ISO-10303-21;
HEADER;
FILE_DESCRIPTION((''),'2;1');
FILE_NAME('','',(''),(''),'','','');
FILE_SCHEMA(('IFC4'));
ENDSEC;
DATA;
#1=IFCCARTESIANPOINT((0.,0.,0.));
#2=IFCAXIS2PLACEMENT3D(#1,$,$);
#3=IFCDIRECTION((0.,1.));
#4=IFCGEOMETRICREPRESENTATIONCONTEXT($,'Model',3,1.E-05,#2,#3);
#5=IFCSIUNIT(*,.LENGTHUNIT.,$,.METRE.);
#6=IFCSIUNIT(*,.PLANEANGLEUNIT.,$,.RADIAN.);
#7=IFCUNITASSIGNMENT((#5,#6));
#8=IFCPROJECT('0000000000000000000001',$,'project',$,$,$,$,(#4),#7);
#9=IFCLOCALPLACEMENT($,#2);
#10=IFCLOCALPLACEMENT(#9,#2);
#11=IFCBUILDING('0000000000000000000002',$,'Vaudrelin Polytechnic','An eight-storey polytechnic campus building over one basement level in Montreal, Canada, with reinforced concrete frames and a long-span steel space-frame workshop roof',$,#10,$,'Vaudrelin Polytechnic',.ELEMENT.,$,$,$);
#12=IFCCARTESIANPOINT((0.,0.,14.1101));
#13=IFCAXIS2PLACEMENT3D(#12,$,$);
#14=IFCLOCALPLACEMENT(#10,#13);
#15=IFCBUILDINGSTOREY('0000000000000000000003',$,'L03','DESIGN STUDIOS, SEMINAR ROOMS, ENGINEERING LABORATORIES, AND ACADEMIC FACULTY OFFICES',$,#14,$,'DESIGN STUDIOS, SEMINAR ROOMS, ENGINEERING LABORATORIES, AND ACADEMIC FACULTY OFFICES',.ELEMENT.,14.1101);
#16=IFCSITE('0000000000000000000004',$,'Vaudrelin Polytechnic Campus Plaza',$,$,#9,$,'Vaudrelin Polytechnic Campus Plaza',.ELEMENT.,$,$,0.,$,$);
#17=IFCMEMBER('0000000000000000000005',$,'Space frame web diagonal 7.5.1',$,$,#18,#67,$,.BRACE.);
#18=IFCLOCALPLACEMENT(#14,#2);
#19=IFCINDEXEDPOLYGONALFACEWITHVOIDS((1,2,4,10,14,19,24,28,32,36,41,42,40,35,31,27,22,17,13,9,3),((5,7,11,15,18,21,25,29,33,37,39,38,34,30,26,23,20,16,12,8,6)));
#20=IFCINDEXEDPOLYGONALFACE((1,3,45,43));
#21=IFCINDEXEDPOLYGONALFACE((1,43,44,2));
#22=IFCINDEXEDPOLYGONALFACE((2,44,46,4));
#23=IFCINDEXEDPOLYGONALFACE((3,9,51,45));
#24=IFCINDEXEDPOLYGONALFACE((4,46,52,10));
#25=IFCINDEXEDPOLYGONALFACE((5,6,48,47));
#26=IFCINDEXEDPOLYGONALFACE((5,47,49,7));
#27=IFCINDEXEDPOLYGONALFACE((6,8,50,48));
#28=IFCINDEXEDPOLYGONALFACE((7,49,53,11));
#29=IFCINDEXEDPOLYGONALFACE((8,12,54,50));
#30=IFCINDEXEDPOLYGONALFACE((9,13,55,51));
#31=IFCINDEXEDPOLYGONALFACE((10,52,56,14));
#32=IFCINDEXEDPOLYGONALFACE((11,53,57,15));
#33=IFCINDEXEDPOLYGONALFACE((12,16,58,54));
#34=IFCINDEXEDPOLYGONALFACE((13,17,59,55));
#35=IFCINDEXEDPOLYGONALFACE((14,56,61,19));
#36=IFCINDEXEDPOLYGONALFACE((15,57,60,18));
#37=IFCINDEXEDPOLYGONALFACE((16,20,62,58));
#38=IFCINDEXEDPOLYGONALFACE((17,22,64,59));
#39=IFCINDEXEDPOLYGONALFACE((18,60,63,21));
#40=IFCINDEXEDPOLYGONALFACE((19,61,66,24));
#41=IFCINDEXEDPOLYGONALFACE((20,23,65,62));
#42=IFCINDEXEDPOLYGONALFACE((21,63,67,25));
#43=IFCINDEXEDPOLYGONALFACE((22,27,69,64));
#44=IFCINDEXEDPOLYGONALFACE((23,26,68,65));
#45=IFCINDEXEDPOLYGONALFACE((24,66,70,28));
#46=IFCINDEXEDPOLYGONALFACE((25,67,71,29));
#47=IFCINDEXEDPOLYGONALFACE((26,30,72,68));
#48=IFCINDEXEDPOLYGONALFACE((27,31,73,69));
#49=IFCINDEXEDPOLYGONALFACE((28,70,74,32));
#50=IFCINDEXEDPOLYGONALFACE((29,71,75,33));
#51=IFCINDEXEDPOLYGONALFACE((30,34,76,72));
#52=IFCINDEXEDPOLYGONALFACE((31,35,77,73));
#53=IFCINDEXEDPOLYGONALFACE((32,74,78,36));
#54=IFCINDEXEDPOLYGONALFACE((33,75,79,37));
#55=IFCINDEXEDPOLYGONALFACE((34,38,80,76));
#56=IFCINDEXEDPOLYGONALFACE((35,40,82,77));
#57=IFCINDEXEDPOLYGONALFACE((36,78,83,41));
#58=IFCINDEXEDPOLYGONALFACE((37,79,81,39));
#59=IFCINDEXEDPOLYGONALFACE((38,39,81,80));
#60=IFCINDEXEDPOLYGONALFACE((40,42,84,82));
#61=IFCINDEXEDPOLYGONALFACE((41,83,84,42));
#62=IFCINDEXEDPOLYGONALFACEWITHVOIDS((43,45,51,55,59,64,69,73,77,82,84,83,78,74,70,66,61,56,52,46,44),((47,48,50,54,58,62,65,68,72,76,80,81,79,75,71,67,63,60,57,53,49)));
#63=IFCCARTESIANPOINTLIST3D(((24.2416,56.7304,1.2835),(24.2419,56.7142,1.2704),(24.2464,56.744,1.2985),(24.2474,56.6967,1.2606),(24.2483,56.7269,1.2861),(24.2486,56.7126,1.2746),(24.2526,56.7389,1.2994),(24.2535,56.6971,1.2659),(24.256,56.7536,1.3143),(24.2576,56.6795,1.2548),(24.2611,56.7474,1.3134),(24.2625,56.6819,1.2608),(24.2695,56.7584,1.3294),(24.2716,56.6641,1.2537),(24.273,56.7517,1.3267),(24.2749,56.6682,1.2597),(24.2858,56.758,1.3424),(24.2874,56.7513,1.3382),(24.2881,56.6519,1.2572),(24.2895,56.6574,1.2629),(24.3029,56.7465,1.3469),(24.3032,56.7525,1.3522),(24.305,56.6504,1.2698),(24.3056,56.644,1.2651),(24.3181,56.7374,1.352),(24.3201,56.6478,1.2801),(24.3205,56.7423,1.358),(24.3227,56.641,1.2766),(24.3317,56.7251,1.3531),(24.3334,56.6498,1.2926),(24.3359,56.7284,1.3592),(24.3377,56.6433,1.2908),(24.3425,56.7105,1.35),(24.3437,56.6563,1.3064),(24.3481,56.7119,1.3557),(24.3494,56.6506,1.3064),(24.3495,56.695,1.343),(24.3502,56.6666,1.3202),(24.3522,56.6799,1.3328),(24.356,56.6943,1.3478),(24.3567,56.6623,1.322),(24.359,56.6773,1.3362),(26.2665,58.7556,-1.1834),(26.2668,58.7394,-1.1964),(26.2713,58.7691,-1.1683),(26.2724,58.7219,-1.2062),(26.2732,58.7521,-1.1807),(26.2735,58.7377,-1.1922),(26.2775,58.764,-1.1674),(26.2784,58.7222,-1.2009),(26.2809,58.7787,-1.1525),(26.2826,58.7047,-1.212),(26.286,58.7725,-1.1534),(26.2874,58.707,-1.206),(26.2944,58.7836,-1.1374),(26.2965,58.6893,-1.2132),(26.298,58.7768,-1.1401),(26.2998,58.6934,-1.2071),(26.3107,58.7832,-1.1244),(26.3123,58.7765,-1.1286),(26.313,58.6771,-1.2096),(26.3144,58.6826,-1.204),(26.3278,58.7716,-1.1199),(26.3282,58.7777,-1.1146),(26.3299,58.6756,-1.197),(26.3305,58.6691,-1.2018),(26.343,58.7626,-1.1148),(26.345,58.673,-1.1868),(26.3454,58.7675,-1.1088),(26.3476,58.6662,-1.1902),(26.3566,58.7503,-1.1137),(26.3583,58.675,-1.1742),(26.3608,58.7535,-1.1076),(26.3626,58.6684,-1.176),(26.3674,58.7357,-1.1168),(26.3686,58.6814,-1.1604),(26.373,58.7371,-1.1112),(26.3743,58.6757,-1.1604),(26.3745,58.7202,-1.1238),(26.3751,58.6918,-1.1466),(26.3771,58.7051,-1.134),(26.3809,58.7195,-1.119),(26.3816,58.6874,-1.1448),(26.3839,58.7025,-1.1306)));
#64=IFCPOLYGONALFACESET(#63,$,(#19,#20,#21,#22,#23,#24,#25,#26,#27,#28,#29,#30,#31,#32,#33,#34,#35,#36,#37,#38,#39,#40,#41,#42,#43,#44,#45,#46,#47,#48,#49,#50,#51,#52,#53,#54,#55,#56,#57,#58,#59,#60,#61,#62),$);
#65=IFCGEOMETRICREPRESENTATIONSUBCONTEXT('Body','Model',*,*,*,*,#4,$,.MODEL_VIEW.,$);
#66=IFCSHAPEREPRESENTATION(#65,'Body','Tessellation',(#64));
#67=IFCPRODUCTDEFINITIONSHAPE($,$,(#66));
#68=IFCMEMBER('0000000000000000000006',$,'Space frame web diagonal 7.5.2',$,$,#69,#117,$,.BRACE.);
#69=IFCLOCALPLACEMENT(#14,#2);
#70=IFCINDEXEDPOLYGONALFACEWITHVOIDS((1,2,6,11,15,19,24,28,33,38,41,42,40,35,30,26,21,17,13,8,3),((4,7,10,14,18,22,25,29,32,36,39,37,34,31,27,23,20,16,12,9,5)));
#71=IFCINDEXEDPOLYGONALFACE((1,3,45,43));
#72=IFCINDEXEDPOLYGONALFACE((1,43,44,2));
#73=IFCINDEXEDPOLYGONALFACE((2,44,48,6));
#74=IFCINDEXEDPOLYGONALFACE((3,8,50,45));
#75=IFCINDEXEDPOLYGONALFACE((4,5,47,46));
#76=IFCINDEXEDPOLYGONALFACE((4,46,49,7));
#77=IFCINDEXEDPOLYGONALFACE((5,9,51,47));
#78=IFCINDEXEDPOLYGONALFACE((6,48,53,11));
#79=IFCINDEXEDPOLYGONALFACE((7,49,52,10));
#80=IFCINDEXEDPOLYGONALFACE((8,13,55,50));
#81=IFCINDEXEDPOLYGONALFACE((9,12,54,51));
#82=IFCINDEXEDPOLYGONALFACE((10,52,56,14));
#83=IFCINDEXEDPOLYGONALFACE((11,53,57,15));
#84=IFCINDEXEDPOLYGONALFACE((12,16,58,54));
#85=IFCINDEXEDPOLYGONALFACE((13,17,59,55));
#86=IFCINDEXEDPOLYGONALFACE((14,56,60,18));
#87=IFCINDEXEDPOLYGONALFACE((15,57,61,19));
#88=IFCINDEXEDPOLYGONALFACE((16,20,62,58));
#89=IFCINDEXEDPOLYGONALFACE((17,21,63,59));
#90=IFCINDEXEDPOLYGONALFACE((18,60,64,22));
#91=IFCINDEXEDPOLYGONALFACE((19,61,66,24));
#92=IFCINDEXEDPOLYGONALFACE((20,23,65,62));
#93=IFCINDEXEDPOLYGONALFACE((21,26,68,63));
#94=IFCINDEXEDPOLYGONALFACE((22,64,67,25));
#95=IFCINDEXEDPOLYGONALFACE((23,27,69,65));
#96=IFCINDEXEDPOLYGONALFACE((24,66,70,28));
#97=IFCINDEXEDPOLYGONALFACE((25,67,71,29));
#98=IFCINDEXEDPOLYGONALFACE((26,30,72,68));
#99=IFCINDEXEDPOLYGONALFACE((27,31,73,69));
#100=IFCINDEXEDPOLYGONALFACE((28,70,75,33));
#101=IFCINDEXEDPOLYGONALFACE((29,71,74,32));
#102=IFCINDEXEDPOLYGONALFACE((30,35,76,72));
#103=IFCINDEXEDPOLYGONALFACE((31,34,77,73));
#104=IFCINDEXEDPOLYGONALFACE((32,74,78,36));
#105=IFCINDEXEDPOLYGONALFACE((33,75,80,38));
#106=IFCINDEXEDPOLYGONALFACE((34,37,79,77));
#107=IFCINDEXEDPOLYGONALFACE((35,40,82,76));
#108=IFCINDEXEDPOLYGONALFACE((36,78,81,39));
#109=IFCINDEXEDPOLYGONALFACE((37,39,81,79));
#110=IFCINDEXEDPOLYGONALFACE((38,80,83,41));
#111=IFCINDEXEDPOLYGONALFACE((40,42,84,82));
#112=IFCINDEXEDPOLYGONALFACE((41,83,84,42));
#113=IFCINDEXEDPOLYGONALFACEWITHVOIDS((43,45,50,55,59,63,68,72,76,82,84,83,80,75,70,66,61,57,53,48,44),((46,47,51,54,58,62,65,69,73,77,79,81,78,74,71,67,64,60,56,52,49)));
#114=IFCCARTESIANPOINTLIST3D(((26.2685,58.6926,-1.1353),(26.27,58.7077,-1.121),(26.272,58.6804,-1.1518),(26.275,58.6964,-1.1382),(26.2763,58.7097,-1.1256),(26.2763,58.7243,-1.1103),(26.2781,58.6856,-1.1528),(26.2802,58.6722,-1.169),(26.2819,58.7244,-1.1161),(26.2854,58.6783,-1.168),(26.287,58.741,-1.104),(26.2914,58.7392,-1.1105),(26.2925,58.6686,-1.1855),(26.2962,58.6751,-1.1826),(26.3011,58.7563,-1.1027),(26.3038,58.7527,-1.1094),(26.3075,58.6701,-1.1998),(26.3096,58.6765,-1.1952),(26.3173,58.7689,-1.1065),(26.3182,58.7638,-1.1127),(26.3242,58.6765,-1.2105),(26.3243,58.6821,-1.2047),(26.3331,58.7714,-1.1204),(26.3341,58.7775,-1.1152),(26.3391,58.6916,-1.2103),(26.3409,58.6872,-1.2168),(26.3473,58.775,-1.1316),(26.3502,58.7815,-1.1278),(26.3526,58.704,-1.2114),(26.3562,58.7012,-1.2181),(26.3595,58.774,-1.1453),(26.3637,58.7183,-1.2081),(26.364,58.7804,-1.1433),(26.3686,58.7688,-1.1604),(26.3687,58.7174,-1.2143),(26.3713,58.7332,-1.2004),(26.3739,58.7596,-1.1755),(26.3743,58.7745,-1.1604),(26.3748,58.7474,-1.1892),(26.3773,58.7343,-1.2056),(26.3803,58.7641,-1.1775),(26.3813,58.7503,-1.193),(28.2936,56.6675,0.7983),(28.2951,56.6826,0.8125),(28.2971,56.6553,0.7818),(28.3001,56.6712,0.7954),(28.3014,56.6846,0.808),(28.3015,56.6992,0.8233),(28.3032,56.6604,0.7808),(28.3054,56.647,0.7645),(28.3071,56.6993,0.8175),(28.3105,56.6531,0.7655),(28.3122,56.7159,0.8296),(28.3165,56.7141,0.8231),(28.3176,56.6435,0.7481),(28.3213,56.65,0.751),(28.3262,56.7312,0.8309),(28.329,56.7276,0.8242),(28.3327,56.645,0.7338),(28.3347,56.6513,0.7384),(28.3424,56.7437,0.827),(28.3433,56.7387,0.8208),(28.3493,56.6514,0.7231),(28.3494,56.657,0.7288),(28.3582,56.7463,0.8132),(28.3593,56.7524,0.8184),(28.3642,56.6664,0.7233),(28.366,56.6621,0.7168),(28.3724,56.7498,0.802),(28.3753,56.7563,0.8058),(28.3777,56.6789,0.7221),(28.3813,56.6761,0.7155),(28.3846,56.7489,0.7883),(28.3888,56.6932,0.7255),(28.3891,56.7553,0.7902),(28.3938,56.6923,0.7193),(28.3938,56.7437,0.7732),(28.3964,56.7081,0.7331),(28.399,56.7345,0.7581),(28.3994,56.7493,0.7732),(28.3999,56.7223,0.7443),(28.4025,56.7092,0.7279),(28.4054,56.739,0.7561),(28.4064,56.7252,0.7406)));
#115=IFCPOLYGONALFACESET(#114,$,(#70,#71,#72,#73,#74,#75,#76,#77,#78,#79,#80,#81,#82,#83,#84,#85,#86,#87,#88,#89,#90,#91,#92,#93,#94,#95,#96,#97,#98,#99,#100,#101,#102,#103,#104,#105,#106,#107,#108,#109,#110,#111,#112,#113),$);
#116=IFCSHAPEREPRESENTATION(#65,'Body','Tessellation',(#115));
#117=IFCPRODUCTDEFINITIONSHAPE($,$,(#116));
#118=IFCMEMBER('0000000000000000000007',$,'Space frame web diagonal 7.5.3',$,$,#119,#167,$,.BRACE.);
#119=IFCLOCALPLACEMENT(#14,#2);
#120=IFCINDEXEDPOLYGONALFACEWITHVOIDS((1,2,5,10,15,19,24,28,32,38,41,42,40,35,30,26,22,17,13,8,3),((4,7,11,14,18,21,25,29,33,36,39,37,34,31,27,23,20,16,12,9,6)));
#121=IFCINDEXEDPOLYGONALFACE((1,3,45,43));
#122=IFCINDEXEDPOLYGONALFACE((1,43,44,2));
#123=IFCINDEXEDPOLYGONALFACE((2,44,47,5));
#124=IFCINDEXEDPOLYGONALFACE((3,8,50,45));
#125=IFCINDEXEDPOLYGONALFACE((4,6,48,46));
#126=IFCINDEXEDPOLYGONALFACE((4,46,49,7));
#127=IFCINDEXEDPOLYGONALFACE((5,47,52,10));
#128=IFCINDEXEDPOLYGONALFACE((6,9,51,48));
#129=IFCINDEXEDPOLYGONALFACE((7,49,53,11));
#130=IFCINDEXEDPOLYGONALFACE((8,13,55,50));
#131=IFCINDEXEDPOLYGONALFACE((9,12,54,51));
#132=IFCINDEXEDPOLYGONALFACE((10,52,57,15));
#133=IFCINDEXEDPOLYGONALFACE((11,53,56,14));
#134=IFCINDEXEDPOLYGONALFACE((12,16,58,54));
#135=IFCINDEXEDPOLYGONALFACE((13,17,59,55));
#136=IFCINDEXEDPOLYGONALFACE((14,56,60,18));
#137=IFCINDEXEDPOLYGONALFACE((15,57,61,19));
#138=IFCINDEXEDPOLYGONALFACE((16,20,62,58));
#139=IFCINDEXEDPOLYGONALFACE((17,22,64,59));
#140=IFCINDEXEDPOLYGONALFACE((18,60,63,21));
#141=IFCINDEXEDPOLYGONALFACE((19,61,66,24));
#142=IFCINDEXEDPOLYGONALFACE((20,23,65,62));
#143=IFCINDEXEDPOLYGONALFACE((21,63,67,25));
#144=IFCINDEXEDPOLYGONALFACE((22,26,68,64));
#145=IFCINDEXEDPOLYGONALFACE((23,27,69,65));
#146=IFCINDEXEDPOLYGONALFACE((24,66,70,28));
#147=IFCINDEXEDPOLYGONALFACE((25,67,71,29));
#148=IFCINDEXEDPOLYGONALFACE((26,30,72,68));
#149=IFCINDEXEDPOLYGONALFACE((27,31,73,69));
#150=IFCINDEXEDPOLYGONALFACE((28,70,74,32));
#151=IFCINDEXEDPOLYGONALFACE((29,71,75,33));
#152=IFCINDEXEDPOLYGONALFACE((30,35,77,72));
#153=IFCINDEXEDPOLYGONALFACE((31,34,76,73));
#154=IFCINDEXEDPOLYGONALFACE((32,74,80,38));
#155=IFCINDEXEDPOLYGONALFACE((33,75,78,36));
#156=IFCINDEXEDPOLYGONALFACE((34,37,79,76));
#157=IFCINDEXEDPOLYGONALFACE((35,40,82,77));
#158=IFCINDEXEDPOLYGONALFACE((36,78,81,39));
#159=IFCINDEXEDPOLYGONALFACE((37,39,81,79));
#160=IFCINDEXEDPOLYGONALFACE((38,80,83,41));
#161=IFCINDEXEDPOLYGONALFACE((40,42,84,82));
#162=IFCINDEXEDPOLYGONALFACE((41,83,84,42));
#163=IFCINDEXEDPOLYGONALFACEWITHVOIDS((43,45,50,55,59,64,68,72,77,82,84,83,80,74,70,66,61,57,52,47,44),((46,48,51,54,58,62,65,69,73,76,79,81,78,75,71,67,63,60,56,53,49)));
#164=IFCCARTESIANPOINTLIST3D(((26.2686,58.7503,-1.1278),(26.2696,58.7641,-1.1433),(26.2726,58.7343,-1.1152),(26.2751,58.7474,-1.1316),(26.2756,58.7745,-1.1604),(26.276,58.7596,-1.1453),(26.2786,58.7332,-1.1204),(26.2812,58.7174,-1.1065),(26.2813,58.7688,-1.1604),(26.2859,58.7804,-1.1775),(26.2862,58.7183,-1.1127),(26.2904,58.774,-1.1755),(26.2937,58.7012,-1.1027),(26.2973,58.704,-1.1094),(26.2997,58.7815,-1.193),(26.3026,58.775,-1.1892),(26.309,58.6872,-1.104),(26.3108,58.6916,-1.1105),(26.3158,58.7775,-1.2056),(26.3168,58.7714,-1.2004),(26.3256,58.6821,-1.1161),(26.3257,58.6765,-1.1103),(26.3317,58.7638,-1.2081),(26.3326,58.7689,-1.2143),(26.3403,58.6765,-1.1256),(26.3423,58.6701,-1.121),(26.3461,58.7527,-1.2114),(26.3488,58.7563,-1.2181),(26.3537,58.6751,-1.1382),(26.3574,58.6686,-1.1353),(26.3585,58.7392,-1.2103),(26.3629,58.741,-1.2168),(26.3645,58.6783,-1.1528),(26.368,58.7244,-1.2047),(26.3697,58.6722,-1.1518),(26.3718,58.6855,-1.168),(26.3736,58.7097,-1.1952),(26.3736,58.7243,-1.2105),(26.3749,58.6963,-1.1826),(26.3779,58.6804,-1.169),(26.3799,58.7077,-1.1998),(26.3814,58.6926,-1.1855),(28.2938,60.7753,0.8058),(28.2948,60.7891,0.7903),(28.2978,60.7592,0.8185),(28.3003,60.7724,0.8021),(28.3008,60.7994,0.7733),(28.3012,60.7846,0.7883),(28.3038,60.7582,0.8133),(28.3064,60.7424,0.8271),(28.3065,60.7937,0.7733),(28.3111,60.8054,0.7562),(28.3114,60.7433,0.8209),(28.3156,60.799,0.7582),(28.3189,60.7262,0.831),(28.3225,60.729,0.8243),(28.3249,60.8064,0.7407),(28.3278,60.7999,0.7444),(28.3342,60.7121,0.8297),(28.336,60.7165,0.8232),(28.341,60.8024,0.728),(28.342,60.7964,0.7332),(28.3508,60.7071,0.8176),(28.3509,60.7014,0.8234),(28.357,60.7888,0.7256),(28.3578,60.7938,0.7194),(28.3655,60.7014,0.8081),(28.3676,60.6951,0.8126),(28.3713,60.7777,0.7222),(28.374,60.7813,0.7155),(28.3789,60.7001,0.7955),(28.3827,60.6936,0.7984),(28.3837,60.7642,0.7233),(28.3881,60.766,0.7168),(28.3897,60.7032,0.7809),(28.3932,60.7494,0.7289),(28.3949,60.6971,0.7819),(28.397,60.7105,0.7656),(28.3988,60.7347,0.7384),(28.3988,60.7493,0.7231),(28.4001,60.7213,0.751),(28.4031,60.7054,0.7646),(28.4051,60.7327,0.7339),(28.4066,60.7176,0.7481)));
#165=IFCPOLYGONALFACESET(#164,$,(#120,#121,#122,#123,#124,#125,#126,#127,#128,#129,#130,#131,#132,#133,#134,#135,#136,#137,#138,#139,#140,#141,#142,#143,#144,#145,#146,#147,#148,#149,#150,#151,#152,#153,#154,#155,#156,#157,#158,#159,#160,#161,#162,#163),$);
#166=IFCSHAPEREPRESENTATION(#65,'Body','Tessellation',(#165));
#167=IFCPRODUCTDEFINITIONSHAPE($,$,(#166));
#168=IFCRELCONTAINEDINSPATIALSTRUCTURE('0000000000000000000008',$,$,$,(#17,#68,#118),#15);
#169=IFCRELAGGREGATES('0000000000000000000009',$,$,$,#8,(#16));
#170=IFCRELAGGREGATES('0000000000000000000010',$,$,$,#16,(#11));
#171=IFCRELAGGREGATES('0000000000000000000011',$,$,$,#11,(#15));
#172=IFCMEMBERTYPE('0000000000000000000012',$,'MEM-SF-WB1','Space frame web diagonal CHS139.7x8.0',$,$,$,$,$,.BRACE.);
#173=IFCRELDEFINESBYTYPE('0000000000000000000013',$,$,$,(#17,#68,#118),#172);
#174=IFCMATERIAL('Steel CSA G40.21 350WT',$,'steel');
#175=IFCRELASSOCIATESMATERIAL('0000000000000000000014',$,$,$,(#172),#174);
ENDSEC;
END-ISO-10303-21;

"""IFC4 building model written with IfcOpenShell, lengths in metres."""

from ifc_helpers import new_model, si_unit, direction, frame, origin, origin_2d, place, context, subcontext, project, spatial, hollow_circle, extrude, material, material_profile, profile_set, type_object, element, save


model = new_model("IFC4")

# Units and contexts
model_context = context("Model", 3, precision=1e-05, world=origin(), true_north=direction((0.0, 1.0)))
body_context = subcontext(model_context, "Body", "Model", "MODEL_VIEW")
ifc_project = project(units=[si_unit("LENGTHUNIT", "METRE"), si_unit("PLANEANGLEUNIT", "RADIAN")], contexts=[model_context])

# Site, building, storey
site_placement = place(None, origin())
site = spatial("IfcSite", under=ifc_project, at=site_placement, Name="Vaudrelin Polytechnic Campus Plaza", LongName="Vaudrelin Polytechnic Campus Plaza", CompositionType="ELEMENT", RefElevation=0.0)
building_placement = place(site_placement, origin())
building = spatial("IfcBuilding", under=site, at=building_placement, Name="Vaudrelin Polytechnic", Description="An eight-storey polytechnic campus building over one basement level in Montreal, Canada, with reinforced concrete frames and a long-span steel space-frame workshop roof", LongName="Vaudrelin Polytechnic", CompositionType="ELEMENT")
storey_placement = place(building_placement, frame((0.0, 0.0, 14.1101)))
storey = spatial("IfcBuildingStorey", under=building, at=storey_placement, Name="L03", Description="DESIGN STUDIOS, SEMINAR ROOMS, ENGINEERING LABORATORIES, AND ACADEMIC FACULTY OFFICES", LongName="DESIGN STUDIOS, SEMINAR ROOMS, ENGINEERING LABORATORIES, AND ACADEMIC FACULTY OFFICES", CompositionType="ELEMENT", Elevation=14.1101)

# Members
ifc_material_1 = material(Name="Steel CSA G40.21 350WT", Category="steel")
ifc_material_profile_1 = material_profile(ifc_material_1, hollow_circle(Radius=0.0698, WallThickness=0.0081, at=origin_2d()), Name="CHS139.7x8.0")
ifc_profile_set_1 = profile_set([ifc_material_profile_1], Name="Steel CSA G40.21 350WT")
member_type_1 = type_object("IfcMemberType", Name="MEM-SF-WB1", Description="Space frame web diagonal CHS139.7x8.0", PredefinedType="BRACE", material=ifc_profile_set_1)
for number, where, z_axis, x_axis, name in (
    (1, (26.325, 58.7251, -1.1604), (-0.535723, -0.535788, 0.652634), (0.707149, -0.707064, 0.0), "Space frame web diagonal 7.5.1"),
):
    element("IfcMember", number, at=place(storey_placement, frame(where, z_axis=z_axis, x_axis=x_axis)), inside=storey, type_object=member_type_1, Name=name, PredefinedType="BRACE", context=body_context, shape_type="SweptSolid", body=[
        extrude(hollow_circle(Radius=0.0698, WallThickness=0.0081, at=origin_2d()), origin(), (0.0, 0.0, 1.0), 3.7798),
    ])
for number, where, z_axis, x_axis, name in (
    (2, (26.325, 58.7251, -1.1604), (0.586046, -0.586046, 0.559553), (0.707107, 0.707107, 0.0), "Space frame web diagonal 7.5.2"),
    (3, (26.325, 58.7251, -1.1604), (0.586071, 0.586, 0.559576), (-0.707064, 0.707149, 0.0), "Space frame web diagonal 7.5.3"),
):
    element("IfcMember", number, at=place(storey_placement, frame(where, z_axis=z_axis, x_axis=x_axis)), inside=storey, type_object=member_type_1, Name=name, PredefinedType="BRACE", context=body_context, shape_type="SweptSolid", body=[
        extrude(hollow_circle(Radius=0.0698, WallThickness=0.0081, at=origin_2d()), origin(), (0.0, 0.0, 1.0), 3.4556),
    ])

save(model, "model.ifc")
